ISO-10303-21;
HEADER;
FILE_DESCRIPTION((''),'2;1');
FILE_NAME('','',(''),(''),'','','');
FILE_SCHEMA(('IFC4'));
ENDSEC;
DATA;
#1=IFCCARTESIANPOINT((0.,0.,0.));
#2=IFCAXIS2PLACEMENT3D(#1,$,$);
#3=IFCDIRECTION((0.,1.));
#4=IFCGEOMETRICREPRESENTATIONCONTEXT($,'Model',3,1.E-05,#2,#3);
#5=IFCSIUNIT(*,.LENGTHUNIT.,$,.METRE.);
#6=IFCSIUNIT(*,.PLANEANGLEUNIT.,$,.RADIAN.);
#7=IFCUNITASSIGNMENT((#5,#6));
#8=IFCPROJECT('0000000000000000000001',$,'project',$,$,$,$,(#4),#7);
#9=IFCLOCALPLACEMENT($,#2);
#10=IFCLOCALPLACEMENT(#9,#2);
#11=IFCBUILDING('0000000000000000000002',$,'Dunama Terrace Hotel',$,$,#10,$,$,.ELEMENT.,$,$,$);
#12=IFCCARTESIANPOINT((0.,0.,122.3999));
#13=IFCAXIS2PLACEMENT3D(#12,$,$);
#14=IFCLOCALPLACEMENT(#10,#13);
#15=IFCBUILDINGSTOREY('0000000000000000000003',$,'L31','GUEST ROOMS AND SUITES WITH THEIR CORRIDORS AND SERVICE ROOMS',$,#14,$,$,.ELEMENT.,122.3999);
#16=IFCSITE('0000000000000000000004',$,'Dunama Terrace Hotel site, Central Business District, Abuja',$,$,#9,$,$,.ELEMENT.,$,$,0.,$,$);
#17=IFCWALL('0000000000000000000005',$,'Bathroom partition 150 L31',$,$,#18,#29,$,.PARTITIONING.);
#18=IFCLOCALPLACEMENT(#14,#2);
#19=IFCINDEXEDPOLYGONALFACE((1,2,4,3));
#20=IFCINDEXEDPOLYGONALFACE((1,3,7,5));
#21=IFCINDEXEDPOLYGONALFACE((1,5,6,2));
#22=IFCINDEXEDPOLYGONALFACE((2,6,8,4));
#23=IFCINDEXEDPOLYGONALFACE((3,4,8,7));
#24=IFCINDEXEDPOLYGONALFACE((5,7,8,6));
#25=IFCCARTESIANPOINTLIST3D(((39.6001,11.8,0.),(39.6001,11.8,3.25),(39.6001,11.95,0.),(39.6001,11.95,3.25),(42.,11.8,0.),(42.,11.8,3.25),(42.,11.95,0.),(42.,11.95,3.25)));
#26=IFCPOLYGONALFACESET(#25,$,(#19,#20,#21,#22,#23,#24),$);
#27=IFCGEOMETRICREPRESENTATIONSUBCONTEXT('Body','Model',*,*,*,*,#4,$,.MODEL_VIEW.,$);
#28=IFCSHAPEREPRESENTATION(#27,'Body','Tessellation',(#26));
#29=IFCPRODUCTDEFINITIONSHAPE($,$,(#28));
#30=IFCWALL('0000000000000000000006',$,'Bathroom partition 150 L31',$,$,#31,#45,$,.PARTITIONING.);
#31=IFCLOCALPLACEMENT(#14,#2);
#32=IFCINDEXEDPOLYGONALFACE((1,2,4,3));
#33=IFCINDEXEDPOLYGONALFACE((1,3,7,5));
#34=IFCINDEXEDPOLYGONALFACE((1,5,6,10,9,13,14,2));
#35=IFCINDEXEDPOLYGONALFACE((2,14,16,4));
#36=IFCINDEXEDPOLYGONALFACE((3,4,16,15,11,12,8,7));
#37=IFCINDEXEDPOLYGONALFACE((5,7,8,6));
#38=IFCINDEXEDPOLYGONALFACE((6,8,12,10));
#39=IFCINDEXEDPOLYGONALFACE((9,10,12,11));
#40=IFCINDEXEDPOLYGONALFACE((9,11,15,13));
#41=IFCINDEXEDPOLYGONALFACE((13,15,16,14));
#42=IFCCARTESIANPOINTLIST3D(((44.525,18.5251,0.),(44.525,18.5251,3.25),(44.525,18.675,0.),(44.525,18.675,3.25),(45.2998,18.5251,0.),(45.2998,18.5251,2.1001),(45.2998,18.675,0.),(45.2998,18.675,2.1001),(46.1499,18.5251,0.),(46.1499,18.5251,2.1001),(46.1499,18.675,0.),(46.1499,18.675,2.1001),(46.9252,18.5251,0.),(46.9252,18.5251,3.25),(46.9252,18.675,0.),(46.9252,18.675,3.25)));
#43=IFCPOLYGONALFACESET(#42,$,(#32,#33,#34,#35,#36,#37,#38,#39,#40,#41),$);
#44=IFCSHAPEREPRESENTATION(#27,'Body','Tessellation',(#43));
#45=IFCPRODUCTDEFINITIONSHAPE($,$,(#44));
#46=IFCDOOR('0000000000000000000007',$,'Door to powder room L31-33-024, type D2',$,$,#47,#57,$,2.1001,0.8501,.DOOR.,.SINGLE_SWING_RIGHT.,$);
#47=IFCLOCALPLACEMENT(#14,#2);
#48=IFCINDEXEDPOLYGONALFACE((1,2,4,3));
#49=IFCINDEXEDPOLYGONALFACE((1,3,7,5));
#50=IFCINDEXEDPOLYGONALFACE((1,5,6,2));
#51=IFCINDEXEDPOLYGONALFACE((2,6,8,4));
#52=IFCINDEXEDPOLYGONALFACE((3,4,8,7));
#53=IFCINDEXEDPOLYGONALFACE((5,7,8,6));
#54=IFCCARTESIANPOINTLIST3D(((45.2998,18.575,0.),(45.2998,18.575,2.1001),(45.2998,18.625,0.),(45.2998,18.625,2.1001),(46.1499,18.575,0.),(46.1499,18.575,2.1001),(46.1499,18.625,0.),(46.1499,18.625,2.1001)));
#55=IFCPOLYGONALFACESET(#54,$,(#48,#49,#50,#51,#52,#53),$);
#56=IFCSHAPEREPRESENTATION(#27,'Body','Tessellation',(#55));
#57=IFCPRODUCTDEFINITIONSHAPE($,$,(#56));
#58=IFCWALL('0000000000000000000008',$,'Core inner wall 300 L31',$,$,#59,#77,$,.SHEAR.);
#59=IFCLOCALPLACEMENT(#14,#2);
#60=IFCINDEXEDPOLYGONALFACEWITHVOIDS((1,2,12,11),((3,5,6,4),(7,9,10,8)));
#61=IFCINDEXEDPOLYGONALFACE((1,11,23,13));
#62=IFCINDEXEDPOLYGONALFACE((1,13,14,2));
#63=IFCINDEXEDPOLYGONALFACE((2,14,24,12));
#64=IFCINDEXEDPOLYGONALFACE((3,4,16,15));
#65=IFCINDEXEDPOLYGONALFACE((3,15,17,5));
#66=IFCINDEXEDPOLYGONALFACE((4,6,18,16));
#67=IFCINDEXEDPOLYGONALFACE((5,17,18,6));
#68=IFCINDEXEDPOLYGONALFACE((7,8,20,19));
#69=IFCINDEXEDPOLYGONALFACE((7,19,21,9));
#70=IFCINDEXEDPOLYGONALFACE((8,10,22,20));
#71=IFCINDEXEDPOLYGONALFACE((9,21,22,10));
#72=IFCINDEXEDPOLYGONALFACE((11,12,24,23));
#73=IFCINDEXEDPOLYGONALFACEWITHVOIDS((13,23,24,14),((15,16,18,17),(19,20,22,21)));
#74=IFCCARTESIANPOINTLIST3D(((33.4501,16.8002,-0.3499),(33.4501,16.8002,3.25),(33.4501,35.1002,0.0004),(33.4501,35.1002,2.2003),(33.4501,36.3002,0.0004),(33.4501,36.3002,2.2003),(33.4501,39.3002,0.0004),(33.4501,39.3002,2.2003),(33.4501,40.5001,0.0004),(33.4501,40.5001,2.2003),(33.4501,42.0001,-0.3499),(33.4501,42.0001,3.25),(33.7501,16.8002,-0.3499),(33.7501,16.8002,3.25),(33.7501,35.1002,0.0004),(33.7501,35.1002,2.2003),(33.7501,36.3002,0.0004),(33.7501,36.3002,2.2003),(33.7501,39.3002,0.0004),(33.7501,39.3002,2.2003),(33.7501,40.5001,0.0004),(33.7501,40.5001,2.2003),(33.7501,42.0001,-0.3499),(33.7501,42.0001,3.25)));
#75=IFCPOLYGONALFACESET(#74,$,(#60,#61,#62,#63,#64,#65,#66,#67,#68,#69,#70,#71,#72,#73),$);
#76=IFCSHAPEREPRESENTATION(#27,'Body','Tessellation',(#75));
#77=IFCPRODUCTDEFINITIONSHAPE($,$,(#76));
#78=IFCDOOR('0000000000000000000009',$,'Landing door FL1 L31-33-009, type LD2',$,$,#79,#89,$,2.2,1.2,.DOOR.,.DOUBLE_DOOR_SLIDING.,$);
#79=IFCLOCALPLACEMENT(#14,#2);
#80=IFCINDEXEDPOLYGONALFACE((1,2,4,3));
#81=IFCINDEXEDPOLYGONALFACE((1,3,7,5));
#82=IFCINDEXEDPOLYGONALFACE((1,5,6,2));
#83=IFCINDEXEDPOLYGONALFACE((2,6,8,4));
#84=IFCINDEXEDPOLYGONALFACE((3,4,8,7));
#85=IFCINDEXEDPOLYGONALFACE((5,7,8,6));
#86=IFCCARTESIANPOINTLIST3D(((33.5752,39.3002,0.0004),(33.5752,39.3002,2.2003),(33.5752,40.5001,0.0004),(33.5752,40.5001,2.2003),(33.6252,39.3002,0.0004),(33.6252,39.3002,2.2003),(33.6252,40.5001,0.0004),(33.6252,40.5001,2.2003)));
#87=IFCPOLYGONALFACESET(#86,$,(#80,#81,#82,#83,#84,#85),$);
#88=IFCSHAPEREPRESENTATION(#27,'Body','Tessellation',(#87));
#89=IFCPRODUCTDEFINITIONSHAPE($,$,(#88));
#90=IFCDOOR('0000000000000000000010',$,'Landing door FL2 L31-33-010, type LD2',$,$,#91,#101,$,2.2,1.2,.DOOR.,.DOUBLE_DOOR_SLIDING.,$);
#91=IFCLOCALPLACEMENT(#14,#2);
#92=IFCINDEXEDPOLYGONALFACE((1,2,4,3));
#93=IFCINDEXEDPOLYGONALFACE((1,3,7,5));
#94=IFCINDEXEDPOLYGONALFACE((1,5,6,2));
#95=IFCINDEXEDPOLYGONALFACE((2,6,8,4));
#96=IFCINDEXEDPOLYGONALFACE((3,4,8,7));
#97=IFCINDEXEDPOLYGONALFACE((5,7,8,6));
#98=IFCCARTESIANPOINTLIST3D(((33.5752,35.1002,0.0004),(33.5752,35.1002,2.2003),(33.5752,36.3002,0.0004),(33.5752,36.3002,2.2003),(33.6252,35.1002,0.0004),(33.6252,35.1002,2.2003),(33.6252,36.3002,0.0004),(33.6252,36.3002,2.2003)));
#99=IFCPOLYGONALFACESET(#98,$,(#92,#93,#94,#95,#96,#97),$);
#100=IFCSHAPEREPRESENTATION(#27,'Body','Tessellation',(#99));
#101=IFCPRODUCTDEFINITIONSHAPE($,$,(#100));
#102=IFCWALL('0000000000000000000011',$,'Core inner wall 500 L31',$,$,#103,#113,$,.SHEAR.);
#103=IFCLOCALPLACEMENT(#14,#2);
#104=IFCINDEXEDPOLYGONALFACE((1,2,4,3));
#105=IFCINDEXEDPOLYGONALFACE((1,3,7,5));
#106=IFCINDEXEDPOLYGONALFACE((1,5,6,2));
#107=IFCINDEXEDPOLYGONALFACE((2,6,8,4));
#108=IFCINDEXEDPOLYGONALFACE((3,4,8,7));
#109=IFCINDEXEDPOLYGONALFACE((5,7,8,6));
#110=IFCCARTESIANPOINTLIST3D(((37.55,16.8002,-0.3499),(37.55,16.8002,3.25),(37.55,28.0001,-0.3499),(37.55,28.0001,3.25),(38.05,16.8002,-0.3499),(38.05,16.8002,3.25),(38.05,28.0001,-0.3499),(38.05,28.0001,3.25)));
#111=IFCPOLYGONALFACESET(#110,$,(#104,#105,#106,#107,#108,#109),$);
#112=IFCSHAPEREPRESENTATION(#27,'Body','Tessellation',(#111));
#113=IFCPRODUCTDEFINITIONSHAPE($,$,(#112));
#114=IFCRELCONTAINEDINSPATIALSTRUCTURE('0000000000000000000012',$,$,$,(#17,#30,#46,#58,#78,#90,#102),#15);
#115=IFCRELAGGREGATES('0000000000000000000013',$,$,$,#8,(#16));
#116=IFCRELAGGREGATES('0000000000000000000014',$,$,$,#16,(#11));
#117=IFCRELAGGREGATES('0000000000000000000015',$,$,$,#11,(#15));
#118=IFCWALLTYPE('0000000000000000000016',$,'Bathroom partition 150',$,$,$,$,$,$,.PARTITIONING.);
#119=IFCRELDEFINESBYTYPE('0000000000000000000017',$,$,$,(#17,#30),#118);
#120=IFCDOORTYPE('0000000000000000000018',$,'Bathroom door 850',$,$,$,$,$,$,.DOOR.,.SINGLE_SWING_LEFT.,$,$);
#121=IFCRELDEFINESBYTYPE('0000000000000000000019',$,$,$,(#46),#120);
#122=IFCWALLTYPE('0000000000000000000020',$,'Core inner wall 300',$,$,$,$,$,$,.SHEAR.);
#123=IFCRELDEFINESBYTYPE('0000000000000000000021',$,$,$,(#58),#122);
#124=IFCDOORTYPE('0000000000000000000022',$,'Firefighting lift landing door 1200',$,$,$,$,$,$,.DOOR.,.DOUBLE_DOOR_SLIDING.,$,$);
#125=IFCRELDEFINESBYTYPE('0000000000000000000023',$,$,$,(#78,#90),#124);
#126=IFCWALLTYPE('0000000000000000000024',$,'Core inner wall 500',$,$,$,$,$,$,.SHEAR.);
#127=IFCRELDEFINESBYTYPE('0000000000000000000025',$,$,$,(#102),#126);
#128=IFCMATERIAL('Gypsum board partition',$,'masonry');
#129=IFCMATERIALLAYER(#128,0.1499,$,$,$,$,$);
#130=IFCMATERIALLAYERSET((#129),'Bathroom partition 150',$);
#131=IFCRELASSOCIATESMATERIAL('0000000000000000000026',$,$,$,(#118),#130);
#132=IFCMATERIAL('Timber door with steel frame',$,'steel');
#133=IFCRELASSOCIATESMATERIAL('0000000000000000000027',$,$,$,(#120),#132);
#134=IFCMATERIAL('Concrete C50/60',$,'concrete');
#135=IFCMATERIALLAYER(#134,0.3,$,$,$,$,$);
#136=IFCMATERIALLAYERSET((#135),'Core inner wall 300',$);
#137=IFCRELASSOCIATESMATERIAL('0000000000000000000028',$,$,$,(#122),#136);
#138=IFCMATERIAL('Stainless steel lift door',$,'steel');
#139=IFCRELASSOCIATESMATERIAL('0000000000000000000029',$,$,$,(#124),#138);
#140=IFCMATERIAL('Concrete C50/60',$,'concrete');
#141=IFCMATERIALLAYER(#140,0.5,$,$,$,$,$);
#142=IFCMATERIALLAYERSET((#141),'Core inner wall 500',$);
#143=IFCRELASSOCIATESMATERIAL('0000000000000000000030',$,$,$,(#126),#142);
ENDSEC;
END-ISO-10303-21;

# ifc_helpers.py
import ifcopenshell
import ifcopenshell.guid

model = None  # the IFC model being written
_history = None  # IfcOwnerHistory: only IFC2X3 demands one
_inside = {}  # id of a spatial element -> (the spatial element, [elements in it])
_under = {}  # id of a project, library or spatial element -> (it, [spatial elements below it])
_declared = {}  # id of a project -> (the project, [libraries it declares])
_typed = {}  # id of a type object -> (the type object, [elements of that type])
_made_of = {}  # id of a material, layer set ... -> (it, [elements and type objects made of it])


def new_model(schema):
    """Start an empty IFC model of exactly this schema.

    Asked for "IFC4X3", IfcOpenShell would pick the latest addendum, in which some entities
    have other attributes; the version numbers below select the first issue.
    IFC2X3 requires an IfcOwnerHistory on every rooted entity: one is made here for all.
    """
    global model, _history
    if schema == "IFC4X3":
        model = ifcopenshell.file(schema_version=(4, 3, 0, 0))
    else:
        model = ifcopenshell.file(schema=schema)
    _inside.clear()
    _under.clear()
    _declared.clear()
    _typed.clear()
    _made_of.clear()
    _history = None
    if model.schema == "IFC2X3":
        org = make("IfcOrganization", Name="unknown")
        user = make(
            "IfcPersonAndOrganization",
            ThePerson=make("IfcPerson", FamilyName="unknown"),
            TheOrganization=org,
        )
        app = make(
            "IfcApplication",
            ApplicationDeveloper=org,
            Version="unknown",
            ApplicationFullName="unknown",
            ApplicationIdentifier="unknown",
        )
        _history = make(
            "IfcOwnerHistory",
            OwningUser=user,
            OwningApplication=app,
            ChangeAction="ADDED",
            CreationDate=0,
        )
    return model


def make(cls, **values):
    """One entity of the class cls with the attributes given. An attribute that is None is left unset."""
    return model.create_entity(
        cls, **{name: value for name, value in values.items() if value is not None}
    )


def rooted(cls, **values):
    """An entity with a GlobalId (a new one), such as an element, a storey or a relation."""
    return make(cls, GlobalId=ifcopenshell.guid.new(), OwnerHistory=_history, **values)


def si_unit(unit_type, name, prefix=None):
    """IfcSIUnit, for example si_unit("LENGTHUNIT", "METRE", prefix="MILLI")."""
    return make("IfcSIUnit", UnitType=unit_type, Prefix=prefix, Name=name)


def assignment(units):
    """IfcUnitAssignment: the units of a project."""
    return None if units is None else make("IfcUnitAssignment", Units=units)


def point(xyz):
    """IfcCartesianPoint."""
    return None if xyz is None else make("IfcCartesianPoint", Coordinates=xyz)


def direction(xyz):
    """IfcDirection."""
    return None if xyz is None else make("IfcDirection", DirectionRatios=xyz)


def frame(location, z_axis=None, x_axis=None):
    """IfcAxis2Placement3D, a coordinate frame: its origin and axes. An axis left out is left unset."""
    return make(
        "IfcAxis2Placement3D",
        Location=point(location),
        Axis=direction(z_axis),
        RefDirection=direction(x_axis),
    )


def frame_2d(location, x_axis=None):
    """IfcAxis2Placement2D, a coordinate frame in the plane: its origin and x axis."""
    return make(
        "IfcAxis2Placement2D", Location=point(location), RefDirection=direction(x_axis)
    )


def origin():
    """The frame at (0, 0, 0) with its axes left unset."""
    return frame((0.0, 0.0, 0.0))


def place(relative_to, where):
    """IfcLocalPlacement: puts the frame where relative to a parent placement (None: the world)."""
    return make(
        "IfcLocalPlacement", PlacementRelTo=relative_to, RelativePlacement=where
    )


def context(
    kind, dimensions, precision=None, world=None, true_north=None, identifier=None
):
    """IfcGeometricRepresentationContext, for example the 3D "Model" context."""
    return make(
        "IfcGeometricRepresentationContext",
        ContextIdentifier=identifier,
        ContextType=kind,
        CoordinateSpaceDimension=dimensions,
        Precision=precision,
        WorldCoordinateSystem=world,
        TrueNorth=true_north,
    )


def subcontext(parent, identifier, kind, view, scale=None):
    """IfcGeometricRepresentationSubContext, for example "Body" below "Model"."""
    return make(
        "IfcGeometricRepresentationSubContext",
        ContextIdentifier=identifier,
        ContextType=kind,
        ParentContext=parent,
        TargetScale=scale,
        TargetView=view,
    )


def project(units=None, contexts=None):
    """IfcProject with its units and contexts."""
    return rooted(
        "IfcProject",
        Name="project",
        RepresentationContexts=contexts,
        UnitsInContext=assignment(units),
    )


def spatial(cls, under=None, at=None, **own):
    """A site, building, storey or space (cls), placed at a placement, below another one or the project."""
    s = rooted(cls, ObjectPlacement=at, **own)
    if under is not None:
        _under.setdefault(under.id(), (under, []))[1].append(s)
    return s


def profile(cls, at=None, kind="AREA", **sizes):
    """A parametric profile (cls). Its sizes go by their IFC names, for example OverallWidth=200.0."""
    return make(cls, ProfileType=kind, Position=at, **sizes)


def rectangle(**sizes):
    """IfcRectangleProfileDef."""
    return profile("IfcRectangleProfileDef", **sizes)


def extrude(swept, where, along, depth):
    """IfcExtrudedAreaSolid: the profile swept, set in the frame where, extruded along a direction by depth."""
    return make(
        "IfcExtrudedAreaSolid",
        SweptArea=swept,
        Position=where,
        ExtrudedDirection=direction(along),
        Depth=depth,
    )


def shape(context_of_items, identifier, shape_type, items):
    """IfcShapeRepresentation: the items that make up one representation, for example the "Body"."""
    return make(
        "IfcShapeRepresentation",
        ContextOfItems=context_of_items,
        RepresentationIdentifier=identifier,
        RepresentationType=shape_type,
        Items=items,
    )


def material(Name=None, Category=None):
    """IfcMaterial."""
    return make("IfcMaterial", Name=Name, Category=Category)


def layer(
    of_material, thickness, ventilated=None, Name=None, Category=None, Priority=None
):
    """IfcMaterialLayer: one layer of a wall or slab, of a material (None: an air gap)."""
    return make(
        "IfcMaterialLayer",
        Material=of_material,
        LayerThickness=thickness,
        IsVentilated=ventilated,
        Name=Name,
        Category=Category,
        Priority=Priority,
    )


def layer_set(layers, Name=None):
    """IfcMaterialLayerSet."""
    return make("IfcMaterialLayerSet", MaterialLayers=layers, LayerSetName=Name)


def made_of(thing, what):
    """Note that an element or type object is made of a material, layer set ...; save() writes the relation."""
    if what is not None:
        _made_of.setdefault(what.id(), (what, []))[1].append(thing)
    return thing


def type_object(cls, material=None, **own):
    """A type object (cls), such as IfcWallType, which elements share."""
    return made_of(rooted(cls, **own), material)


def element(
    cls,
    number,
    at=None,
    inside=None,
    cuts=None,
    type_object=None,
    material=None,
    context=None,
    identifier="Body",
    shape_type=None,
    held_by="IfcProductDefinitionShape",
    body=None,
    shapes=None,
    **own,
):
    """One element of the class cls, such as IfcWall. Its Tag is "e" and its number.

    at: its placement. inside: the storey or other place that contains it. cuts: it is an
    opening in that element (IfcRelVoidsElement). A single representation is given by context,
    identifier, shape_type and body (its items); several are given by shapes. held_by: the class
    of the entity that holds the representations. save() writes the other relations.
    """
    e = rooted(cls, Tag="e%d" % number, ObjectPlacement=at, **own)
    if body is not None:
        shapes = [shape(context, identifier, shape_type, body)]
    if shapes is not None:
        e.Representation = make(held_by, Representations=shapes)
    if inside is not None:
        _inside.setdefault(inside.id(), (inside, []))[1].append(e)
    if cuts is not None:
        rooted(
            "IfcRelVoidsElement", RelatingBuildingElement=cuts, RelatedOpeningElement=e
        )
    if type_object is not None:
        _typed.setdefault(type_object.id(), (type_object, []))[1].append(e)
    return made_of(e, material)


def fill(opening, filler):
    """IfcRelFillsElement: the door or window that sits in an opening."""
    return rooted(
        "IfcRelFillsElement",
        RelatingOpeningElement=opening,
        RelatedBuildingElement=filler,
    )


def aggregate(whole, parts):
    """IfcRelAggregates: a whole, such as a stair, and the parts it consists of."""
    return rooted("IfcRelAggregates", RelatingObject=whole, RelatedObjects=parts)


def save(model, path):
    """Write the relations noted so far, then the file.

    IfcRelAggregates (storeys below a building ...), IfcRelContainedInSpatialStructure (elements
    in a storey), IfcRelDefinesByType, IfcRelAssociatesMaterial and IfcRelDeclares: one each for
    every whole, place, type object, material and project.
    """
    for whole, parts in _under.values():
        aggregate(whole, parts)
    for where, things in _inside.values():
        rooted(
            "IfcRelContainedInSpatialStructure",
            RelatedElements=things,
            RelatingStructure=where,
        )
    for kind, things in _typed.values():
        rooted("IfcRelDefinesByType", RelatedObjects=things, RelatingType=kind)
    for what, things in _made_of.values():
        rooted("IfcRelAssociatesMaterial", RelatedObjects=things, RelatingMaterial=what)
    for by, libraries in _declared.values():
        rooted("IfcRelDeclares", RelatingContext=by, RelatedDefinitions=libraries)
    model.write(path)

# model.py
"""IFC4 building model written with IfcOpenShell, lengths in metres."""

from ifc_helpers import new_model, si_unit, direction, frame, frame_2d, origin, place, context, subcontext, project, spatial, rectangle, extrude, material, layer, layer_set, type_object, element, fill, save


model = new_model("IFC4")

# Units and contexts
model_context = context("Model", 3, precision=1e-05, world=origin(), true_north=direction((0.0, 1.0)))
body_context = subcontext(model_context, "Body", "Model", "MODEL_VIEW")
ifc_project = project(units=[si_unit("LENGTHUNIT", "METRE"), si_unit("PLANEANGLEUNIT", "RADIAN")], contexts=[model_context])

# Site, building, storey
site_placement = place(None, origin())
site = spatial("IfcSite", under=ifc_project, at=site_placement, Name="Dunama Terrace Hotel site, Central Business District, Abuja", CompositionType="ELEMENT", RefElevation=0.0)
building_placement = place(site_placement, origin())
building = spatial("IfcBuilding", under=site, at=building_placement, Name="Dunama Terrace Hotel", CompositionType="ELEMENT")
storey_placement = place(building_placement, frame((0.0, 0.0, 122.3999)))
storey = spatial("IfcBuildingStorey", under=building, at=storey_placement, Name="L31", Description="GUEST ROOMS AND SUITES WITH THEIR CORRIDORS AND SERVICE ROOMS", CompositionType="ELEMENT", Elevation=122.3999)

# Wall
ifc_material_1 = material(Name="Gypsum board partition", Category="masonry")
ifc_layer_1 = layer(ifc_material_1, 0.1499)
ifc_layer_set_1 = layer_set([ifc_layer_1], Name="Bathroom partition 150")
wall_type_1 = type_object("IfcWallType", Name="Bathroom partition 150", PredefinedType="PARTITIONING", material=ifc_layer_set_1)
wall_1_placement = place(storey_placement, frame((39.6001, 11.875, 0.0), z_axis=(0.0, 0.0, 1.0), x_axis=(1.0, 0.0, 0.0)))
element("IfcWall", 1, at=wall_1_placement, inside=storey, type_object=wall_type_1, Name="Bathroom partition 150 L31", PredefinedType="PARTITIONING", context=body_context, shape_type="SweptSolid", body=[
    extrude(rectangle(XDim=2.3999, YDim=0.1499, at=frame_2d((1.2, 0.0))), origin(), (0.0, 0.0, 1.0), 3.25),
])

# Wall, opening, door
wall_2_placement = place(storey_placement, frame((44.5249, 18.6001, 0.0), z_axis=(0.0, 0.0, 1.0), x_axis=(1.0, 0.0, 0.0)))
wall_2 = element("IfcWall", 2, at=wall_2_placement, inside=storey, type_object=wall_type_1, Name="Bathroom partition 150 L31", PredefinedType="PARTITIONING", context=body_context, shape_type="SweptSolid", body=[
    extrude(rectangle(XDim=2.4001, YDim=0.1499, at=frame_2d((1.2002, 0.0))), origin(), (0.0, 0.0, 1.0), 3.25),
])
opening_1_placement = place(wall_2_placement, frame((0.7749, 0.0, 0.0)))
opening_1 = element("IfcOpeningElement", 3, at=opening_1_placement, cuts=wall_2, PredefinedType="OPENING", context=body_context, shape_type="SweptSolid", body=[
    extrude(rectangle(XDim=0.8501, YDim=2.1001, at=frame_2d((0.425, 1.05))), frame((0.0, 0.085, 0.0), z_axis=(0.0, -1.0, 0.0), x_axis=(1.0, 0.0, 0.0)), (0.0, 0.0, 1.0), 0.1699),
])
ifc_material_2 = material(Name="Timber door with steel frame", Category="steel")
door_type_1 = type_object("IfcDoorType", Name="Bathroom door 850", OperationType="SINGLE_SWING_LEFT", PredefinedType="DOOR", material=ifc_material_2)
door_1_placement = place(opening_1_placement, frame((0.8501, 0.0, 0.0), z_axis=(0.0, 0.0, 1.0), x_axis=(-1.0, 0.0, 0.0)))
door_1 = element("IfcDoor", 4, at=door_1_placement, inside=storey, type_object=door_type_1, Name="Door to powder room L31-33-024, type D2", OperationType="SINGLE_SWING_RIGHT", OverallHeight=2.1001, OverallWidth=0.8501, PredefinedType="DOOR", context=body_context, shape_type="SweptSolid", body=[
    extrude(rectangle(XDim=0.8501, YDim=2.1001, at=frame_2d((0.425, 1.05))), frame((0.0, 0.0251, 0.0), z_axis=(0.0, -1.0, 0.0), x_axis=(1.0, 0.0, 0.0)), (0.0, 0.0, 1.0), 0.05),
])
fill(opening_1, door_1)

# Wall, openings, doors
ifc_material_3 = material(Name="Concrete C50/60", Category="concrete")
ifc_layer_2 = layer(ifc_material_3, 0.3)
ifc_layer_set_2 = layer_set([ifc_layer_2], Name="Core inner wall 300")
wall_type_2 = type_object("IfcWallType", Name="Core inner wall 300", PredefinedType="SHEAR", material=ifc_layer_set_2)
wall_3_placement = place(storey_placement, frame((33.6001, 16.8, -0.3499), z_axis=(0.0, 0.0, 1.0), x_axis=(0.0, 1.0, 0.0)))
wall_3 = element("IfcWall", 5, at=wall_3_placement, inside=storey, type_object=wall_type_2, Name="Core inner wall 300 L31", PredefinedType="SHEAR", context=body_context, shape_type="SweptSolid", body=[
    extrude(rectangle(XDim=25.2, YDim=0.3, at=frame_2d((12.6001, 0.0))), origin(), (0.0, 0.0, 1.0), 3.5999),
])
opening_2_placement = place(wall_3_placement, frame((22.5, 0.0, 0.3501)))
opening_2 = element("IfcOpeningElement", 6, at=opening_2_placement, cuts=wall_3, PredefinedType="OPENING", context=body_context, shape_type="SweptSolid", body=[
    extrude(rectangle(XDim=1.2, YDim=2.2, at=frame_2d((0.6001, 1.1001))), frame((0.0, 0.1599, 0.0), z_axis=(0.0, -1.0, 0.0), x_axis=(1.0, 0.0, 0.0)), (0.0, 0.0, 1.0), 0.3201),
])
opening_3_placement = place(wall_3_placement, frame((18.3, 0.0, 0.3501)))
opening_3 = element("IfcOpeningElement", 7, at=opening_3_placement, cuts=wall_3, PredefinedType="OPENING", context=body_context, shape_type="SweptSolid", body=[
    extrude(rectangle(XDim=1.2, YDim=2.2, at=frame_2d((0.6001, 1.1001))), frame((0.0, 0.1599, 0.0), z_axis=(0.0, -1.0, 0.0), x_axis=(1.0, 0.0, 0.0)), (0.0, 0.0, 1.0), 0.3201),
])
ifc_material_4 = material(Name="Stainless steel lift door", Category="steel")
door_type_2 = type_object("IfcDoorType", Name="Firefighting lift landing door 1200", OperationType="DOUBLE_DOOR_SLIDING", PredefinedType="DOOR", material=ifc_material_4)
door_2_placement = place(opening_2_placement, origin())
door_2 = element("IfcDoor", 8, at=door_2_placement, inside=storey, type_object=door_type_2, Name="Landing door FL1 L31-33-009, type LD2", OperationType="DOUBLE_DOOR_SLIDING", OverallHeight=2.2, OverallWidth=1.2, PredefinedType="DOOR", context=body_context, shape_type="SweptSolid", body=[
    extrude(rectangle(XDim=1.2, YDim=2.2, at=frame_2d((0.6001, 1.1001))), frame((0.0, 0.0249, 0.0), z_axis=(0.0, -1.0, 0.0), x_axis=(1.0, 0.0, 0.0)), (0.0, 0.0, 1.0), 0.05),
])
fill(opening_2, door_2)
door_3_placement = place(opening_3_placement, origin())
door_3 = element("IfcDoor", 9, at=door_3_placement, inside=storey, type_object=door_type_2, Name="Landing door FL2 L31-33-010, type LD2", OperationType="DOUBLE_DOOR_SLIDING", OverallHeight=2.2, OverallWidth=1.2, PredefinedType="DOOR", context=body_context, shape_type="SweptSolid", body=[
    extrude(rectangle(XDim=1.2, YDim=2.2, at=frame_2d((0.6001, 1.1001))), frame((0.0, 0.0249, 0.0), z_axis=(0.0, -1.0, 0.0), x_axis=(1.0, 0.0, 0.0)), (0.0, 0.0, 1.0), 0.05),
])
fill(opening_3, door_3)

# Wall
ifc_material_5 = material(Name="Concrete C50/60", Category="concrete")
ifc_layer_3 = layer(ifc_material_5, 0.5)
ifc_layer_set_3 = layer_set([ifc_layer_3], Name="Core inner wall 500")
wall_type_3 = type_object("IfcWallType", Name="Core inner wall 500", PredefinedType="SHEAR", material=ifc_layer_set_3)
wall_4_placement = place(storey_placement, frame((37.8, 16.8, -0.3499), z_axis=(0.0, 0.0, 1.0), x_axis=(0.0, 1.0, 0.0)))
element("IfcWall", 10, at=wall_4_placement, inside=storey, type_object=wall_type_3, Name="Core inner wall 500 L31", PredefinedType="SHEAR", context=body_context, shape_type="SweptSolid", body=[
    extrude(rectangle(XDim=11.2, YDim=0.5, at=frame_2d((5.6001, 0.0))), origin(), (0.0, 0.0, 1.0), 3.5999),
])

save(model, "model.ifc")
